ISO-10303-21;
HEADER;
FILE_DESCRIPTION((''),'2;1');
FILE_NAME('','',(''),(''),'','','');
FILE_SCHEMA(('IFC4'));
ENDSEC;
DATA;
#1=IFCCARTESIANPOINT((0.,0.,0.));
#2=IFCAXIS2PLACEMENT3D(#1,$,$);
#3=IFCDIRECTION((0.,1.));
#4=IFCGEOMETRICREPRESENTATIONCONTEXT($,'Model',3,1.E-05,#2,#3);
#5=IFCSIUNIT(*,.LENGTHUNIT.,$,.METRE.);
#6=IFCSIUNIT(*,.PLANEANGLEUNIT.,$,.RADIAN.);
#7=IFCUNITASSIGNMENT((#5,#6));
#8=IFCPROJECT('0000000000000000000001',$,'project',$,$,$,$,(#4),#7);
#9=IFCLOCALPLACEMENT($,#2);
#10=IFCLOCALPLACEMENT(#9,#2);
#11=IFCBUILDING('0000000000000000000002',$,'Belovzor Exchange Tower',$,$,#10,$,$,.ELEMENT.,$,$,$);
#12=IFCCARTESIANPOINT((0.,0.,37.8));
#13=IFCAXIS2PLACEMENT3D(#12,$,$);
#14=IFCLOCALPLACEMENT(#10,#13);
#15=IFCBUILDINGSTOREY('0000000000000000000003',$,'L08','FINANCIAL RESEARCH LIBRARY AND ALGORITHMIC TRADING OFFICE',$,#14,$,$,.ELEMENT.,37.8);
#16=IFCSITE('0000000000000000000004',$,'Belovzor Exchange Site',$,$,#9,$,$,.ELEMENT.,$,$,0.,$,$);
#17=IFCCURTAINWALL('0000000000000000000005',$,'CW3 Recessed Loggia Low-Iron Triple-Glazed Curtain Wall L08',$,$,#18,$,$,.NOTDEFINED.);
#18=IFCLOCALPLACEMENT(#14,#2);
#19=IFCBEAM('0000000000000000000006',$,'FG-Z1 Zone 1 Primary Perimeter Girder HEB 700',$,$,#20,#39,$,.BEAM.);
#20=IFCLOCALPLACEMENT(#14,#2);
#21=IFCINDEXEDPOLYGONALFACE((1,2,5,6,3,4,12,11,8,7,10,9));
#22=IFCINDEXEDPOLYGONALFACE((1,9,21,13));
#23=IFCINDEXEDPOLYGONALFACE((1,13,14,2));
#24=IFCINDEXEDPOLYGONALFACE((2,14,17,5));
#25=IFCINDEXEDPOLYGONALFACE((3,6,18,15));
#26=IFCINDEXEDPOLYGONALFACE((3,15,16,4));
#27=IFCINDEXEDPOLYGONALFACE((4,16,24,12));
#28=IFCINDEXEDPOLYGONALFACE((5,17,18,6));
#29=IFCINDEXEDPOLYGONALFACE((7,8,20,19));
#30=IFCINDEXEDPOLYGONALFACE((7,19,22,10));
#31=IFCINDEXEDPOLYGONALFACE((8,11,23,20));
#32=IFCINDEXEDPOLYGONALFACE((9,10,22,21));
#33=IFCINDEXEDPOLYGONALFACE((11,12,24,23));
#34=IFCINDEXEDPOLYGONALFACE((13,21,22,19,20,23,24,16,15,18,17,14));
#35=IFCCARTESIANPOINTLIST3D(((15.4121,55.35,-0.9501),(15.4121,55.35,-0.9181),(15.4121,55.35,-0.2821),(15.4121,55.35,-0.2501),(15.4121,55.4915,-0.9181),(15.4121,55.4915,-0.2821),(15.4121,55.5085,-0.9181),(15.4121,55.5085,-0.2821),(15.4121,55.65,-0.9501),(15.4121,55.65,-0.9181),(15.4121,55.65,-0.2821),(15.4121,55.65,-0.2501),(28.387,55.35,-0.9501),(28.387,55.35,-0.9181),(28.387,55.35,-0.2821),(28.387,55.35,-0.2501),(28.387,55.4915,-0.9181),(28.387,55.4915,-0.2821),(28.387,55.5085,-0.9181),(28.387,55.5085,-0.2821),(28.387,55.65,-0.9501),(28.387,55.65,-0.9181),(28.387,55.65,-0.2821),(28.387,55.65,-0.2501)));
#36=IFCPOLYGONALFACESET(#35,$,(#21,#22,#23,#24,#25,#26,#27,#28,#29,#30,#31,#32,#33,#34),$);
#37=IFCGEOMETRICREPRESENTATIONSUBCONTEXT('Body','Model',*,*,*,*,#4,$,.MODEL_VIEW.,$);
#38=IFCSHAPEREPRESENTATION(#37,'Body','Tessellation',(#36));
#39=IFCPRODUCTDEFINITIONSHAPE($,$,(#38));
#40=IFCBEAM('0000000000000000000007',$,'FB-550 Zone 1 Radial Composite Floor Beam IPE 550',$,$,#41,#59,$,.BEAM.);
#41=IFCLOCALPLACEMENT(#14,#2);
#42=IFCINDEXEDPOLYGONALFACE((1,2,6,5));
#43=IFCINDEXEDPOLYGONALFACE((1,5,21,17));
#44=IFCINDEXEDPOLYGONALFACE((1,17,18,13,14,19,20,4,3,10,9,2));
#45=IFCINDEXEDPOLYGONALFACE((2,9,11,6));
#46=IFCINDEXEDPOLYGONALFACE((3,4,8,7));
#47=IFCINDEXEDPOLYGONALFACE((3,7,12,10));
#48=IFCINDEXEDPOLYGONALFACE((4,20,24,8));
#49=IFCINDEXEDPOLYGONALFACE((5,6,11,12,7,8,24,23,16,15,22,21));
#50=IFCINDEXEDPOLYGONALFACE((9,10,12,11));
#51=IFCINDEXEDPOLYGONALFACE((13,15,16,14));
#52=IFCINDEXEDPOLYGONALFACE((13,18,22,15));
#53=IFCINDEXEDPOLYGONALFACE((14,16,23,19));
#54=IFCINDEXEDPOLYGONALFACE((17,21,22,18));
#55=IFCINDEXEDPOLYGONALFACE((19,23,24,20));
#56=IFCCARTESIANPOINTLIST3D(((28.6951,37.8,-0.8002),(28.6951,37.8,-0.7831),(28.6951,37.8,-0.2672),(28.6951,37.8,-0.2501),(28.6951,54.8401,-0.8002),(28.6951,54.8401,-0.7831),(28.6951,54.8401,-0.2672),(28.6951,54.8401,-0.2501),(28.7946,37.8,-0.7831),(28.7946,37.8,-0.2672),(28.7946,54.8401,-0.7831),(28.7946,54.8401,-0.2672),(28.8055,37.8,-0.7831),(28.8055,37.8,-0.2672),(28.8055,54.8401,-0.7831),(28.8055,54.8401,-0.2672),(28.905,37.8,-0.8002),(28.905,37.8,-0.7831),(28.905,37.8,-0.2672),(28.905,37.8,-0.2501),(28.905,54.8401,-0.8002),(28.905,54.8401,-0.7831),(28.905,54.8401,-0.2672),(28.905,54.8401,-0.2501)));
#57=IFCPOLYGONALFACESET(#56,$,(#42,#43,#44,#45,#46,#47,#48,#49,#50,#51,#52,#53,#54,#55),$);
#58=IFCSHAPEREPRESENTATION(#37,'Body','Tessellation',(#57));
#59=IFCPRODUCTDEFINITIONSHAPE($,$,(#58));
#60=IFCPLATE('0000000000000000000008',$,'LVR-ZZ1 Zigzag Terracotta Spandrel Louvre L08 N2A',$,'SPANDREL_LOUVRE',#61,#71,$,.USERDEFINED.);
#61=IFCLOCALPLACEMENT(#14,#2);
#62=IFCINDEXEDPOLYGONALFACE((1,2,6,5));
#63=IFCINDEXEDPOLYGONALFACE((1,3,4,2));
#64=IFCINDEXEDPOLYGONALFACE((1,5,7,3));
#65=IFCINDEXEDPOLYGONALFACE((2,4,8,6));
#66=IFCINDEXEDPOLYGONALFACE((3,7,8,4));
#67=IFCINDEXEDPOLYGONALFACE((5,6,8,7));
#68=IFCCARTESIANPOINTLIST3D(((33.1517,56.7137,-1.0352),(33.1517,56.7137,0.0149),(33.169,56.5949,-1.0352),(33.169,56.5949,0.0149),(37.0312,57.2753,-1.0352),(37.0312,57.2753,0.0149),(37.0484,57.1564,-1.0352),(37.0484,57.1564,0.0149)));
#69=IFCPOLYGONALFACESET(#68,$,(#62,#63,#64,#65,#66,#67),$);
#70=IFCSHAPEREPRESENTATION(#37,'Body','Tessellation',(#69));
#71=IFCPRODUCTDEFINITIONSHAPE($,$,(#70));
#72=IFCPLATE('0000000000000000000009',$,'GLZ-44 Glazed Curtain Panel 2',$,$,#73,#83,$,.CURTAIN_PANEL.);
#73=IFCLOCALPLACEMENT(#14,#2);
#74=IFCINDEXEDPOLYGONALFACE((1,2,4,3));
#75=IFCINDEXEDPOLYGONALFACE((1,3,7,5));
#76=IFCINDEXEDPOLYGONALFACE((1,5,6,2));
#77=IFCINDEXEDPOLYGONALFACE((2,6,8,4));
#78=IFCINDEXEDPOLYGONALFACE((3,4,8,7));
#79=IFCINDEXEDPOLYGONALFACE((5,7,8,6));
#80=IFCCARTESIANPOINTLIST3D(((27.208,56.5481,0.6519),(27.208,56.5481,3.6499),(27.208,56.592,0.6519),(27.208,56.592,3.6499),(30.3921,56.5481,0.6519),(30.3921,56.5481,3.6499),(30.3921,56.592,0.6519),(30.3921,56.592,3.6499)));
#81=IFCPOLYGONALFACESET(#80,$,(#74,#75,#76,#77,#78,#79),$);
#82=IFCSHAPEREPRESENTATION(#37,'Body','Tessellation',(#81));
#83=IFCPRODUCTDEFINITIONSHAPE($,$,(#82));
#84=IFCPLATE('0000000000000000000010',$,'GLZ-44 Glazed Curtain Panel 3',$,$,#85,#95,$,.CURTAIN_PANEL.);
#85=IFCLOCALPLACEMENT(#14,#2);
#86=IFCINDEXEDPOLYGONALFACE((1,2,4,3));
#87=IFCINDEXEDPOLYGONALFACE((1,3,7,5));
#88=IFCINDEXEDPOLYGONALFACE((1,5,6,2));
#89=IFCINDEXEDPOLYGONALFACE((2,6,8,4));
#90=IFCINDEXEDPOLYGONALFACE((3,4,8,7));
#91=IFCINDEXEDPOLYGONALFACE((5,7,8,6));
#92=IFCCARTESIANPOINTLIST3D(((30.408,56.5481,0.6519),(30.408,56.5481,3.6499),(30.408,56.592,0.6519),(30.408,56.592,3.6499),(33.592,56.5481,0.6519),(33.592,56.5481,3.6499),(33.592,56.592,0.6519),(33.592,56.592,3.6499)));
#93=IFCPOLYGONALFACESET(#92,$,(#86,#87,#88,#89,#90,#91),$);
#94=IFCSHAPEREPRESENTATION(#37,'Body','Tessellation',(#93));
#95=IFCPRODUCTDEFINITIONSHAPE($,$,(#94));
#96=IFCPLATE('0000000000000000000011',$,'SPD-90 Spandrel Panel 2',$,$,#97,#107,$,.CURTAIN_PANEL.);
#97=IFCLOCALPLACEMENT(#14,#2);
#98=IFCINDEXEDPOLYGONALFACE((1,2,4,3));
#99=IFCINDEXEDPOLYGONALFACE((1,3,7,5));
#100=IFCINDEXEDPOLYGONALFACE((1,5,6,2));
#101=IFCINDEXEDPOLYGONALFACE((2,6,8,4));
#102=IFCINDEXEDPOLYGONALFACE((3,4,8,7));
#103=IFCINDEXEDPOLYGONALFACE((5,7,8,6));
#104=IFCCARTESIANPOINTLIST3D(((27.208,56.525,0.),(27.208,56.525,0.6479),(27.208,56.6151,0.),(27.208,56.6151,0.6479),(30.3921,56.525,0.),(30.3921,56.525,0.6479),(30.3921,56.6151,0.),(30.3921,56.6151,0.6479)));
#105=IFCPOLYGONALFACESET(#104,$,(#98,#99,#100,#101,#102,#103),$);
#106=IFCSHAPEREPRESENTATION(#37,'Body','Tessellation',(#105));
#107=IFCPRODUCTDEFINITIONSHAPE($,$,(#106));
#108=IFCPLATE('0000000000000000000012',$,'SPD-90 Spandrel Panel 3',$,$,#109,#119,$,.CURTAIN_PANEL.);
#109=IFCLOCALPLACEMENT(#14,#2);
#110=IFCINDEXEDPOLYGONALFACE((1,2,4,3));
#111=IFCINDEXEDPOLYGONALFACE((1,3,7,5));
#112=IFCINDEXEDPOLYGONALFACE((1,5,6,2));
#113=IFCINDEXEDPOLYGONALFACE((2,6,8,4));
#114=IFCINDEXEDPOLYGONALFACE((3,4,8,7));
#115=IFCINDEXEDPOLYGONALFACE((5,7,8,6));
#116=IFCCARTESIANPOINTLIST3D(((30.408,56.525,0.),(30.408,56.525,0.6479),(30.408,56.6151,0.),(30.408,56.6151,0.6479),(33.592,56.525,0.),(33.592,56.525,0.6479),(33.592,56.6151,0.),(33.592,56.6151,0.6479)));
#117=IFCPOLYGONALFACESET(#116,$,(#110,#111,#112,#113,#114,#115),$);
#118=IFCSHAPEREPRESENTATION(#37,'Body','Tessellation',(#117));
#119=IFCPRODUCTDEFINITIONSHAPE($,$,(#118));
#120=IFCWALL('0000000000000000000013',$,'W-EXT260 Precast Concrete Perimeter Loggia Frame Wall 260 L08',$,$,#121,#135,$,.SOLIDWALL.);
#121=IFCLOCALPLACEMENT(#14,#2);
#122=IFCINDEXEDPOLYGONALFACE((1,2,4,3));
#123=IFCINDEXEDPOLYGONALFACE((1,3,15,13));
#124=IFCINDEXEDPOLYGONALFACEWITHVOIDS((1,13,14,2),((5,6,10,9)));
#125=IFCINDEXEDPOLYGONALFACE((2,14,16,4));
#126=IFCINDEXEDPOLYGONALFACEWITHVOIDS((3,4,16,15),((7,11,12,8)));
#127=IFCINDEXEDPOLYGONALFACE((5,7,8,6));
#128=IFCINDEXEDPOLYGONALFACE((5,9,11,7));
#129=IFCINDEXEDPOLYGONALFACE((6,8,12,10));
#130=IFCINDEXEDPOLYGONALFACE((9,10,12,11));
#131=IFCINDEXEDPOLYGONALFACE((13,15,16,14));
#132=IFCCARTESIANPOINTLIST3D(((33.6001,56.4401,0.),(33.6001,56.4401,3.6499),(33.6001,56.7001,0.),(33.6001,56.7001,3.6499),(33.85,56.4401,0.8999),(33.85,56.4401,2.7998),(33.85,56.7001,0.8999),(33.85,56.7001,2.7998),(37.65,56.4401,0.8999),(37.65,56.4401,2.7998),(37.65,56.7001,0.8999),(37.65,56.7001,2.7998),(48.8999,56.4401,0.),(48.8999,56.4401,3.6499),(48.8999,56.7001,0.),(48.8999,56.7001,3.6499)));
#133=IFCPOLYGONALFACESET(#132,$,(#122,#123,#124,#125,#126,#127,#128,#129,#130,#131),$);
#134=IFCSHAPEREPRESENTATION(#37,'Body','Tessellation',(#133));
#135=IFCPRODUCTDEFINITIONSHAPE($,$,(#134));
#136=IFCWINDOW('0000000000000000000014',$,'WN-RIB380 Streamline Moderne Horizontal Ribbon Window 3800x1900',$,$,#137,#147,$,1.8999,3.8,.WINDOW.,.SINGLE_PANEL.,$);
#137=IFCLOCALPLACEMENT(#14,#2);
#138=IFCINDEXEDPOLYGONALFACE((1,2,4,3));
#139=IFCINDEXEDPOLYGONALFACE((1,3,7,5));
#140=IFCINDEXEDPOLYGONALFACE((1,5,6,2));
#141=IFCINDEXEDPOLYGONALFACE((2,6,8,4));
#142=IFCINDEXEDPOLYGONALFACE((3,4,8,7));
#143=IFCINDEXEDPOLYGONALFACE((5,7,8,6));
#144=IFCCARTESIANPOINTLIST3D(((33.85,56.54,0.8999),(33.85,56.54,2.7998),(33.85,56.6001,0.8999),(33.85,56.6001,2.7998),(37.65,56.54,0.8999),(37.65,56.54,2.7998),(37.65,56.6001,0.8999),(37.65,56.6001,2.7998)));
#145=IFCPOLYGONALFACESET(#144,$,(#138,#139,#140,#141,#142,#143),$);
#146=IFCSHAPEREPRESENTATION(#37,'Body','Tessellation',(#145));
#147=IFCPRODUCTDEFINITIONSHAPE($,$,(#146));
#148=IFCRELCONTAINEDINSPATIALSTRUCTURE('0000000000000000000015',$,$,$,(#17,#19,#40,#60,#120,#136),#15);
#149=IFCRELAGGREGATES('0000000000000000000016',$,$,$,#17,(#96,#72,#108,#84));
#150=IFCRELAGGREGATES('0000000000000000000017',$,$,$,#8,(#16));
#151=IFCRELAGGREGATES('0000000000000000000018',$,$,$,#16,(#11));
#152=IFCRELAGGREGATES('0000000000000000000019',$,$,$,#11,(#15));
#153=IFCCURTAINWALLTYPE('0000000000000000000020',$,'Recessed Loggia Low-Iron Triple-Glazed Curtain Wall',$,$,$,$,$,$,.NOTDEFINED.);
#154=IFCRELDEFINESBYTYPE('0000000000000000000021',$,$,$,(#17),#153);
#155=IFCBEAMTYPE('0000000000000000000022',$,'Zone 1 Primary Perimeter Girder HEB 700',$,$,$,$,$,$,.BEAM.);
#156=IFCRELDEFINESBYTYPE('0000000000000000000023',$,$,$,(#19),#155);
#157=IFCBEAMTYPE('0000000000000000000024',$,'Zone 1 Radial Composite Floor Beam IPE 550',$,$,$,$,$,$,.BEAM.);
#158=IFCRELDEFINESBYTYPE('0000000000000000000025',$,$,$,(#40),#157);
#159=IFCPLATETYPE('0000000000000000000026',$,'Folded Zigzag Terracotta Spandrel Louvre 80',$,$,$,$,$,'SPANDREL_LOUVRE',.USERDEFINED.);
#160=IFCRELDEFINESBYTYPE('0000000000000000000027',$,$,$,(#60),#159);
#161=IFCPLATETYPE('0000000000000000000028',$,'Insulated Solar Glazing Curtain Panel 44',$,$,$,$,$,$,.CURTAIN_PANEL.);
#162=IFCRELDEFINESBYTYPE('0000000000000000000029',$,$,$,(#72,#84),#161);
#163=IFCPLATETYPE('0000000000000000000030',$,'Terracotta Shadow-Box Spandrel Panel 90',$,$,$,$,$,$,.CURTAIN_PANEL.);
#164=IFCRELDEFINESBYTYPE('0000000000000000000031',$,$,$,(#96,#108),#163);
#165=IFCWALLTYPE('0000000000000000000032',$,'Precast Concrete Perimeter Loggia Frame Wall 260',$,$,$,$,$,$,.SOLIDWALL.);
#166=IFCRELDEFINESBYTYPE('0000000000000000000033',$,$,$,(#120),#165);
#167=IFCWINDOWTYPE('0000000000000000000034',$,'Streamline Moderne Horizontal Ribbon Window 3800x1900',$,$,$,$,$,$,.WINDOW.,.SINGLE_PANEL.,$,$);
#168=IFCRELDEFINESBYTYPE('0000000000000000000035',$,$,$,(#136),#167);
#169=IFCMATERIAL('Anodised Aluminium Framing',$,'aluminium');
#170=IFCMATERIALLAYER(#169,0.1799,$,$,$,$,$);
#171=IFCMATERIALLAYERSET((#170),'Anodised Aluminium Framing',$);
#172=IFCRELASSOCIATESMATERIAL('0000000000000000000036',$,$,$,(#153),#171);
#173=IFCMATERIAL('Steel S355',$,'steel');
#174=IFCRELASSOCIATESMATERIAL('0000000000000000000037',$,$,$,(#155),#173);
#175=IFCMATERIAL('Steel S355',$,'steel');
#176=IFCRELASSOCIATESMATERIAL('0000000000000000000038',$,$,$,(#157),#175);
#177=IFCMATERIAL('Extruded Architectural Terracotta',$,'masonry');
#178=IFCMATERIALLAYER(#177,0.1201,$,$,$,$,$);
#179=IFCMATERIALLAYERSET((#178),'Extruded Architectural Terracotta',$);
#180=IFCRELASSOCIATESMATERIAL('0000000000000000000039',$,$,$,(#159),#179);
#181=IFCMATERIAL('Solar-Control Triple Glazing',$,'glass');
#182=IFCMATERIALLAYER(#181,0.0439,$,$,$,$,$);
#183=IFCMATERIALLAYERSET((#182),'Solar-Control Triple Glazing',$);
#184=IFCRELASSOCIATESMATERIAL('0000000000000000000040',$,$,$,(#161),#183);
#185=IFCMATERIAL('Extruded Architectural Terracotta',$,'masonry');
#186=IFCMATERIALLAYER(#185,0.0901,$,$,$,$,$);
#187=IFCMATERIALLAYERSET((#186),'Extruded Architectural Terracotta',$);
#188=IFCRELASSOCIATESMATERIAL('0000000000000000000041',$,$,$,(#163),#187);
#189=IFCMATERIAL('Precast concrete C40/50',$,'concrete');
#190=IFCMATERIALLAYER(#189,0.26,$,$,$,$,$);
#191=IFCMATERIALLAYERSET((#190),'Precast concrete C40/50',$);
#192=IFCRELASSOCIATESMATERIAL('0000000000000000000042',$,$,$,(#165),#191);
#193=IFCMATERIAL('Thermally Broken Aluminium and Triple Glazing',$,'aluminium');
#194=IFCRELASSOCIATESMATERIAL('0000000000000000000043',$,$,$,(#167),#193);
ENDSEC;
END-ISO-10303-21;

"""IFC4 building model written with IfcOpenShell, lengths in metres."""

from ifc_helpers import new_model, si_unit, direction, frame, frame_2d, origin, origin_2d, place, context, subcontext, project, spatial, rectangle, i_section, extrude, material, layer, layer_set, material_profile, profile_set, type_object, element, fill, aggregate, save


model = new_model("IFC4")

# Units and contexts
model_context = context("Model", 3, precision=1e-05, world=origin(), true_north=direction((0.0, 1.0)))
body_context = subcontext(model_context, "Body", "Model", "MODEL_VIEW")
ifc_project = project(units=[si_unit("LENGTHUNIT", "METRE"), si_unit("PLANEANGLEUNIT", "RADIAN")], contexts=[model_context])

# Site, building, storey
site_placement = place(None, origin())
site = spatial("IfcSite", under=ifc_project, at=site_placement, Name="Belovzor Exchange Site", CompositionType="ELEMENT", RefElevation=0.0)
building_placement = place(site_placement, origin())
building = spatial("IfcBuilding", under=site, at=building_placement, Name="Belovzor Exchange Tower", CompositionType="ELEMENT")
storey_placement = place(building_placement, frame((0.0, 0.0, 37.8)))
storey = spatial("IfcBuildingStorey", under=building, at=storey_placement, Name="L08", Description="FINANCIAL RESEARCH LIBRARY AND ALGORITHMIC TRADING OFFICE", CompositionType="ELEMENT", Elevation=37.8)

# Curtain wall
ifc_material_1 = material(Name="Anodised Aluminium Framing", Category="aluminium")
ifc_layer_1 = layer(ifc_material_1, 0.1799)
ifc_layer_set_1 = layer_set([ifc_layer_1], Name="Anodised Aluminium Framing")
curtain_wall_type = type_object("IfcCurtainWallType", Name="Recessed Loggia Low-Iron Triple-Glazed Curtain Wall", PredefinedType="NOTDEFINED", material=ifc_layer_set_1)
curtain_wall_placement = place(storey_placement, origin())
curtain_wall = element("IfcCurtainWall", 1, at=curtain_wall_placement, inside=storey, type_object=curtain_wall_type, Name="CW3 Recessed Loggia Low-Iron Triple-Glazed Curtain Wall L08", PredefinedType="NOTDEFINED")

# Beams
ifc_material_2 = material(Name="Steel S355", Category="steel")
ifc_material_profile_1 = material_profile(ifc_material_2, i_section(OverallWidth=0.3, OverallDepth=0.7, WebThickness=0.0171, FlangeThickness=0.032, at=origin_2d()))
ifc_profile_set_1 = profile_set([ifc_material_profile_1], Name="Steel S355")
beam_type_1 = type_object("IfcBeamType", Name="Zone 1 Primary Perimeter Girder HEB 700", PredefinedType="BEAM", material=ifc_profile_set_1)
beam_1_placement = place(storey_placement, frame((28.387, 55.5, -0.6001), z_axis=(-1.0, 0.0, 0.0), x_axis=(0.0, -1.0, 0.0)))
element("IfcBeam", 2, at=beam_1_placement, inside=storey, type_object=beam_type_1, Name="FG-Z1 Zone 1 Primary Perimeter Girder HEB 700", PredefinedType="BEAM", context=body_context, shape_type="SweptSolid", body=[
    extrude(i_section(OverallWidth=0.3, OverallDepth=0.7, WebThickness=0.0171, FlangeThickness=0.032, at=origin_2d()), origin(), (0.0, 0.0, 1.0), 12.9749),
])
ifc_material_3 = material(Name="Steel S355", Category="steel")
ifc_material_profile_2 = material_profile(ifc_material_3, i_section(OverallWidth=0.21, OverallDepth=0.55, WebThickness=0.011, FlangeThickness=0.0171, at=origin_2d()))
ifc_profile_set_2 = profile_set([ifc_material_profile_2], Name="Steel S355")
beam_type_2 = type_object("IfcBeamType", Name="Zone 1 Radial Composite Floor Beam IPE 550", PredefinedType="BEAM", material=ifc_profile_set_2)
beam_2_placement = place(storey_placement, frame((28.8, 37.8, -0.5251), z_axis=(0.0, 1.0, 0.0), x_axis=(-1.0, 0.0, 0.0)))
element("IfcBeam", 3, at=beam_2_placement, inside=storey, type_object=beam_type_2, Name="FB-550 Zone 1 Radial Composite Floor Beam IPE 550", PredefinedType="BEAM", context=body_context, shape_type="SweptSolid", body=[
    extrude(i_section(OverallWidth=0.21, OverallDepth=0.55, WebThickness=0.011, FlangeThickness=0.0171, at=origin_2d()), origin(), (0.0, 0.0, 1.0), 17.04),
])

# Plates
ifc_material_4 = material(Name="Extruded Architectural Terracotta", Category="masonry")
ifc_layer_2 = layer(ifc_material_4, 0.1201)
ifc_layer_set_2 = layer_set([ifc_layer_2], Name="Extruded Architectural Terracotta")
plate_type_1 = type_object("IfcPlateType", Name="Folded Zigzag Terracotta Spandrel Louvre 80", ElementType="SPANDREL_LOUVRE", PredefinedType="USERDEFINED", material=ifc_layer_set_2)
plate_1_placement = place(storey_placement, frame((35.1001, 56.9351, -1.0352), z_axis=(0.0, 0.0, 1.0), x_axis=(0.989686, 0.143251, 0.0)))
element("IfcPlate", 4, at=plate_1_placement, inside=storey, type_object=plate_type_1, Name="LVR-ZZ1 Zigzag Terracotta Spandrel Louvre L08 N2A", ObjectType="SPANDREL_LOUVRE", PredefinedType="USERDEFINED", context=body_context, shape_type="SweptSolid", body=[
    extrude(rectangle(XDim=3.9199, YDim=0.1201, at=origin_2d()), origin(), (0.0, 0.0, 1.0), 1.05),
])
ifc_material_5 = material(Name="Solar-Control Triple Glazing", Category="glass")
ifc_layer_3 = layer(ifc_material_5, 0.0439)
ifc_layer_set_3 = layer_set([ifc_layer_3], Name="Solar-Control Triple Glazing")
plate_type_2 = type_object("IfcPlateType", Name="Insulated Solar Glazing Curtain Panel 44", PredefinedType="CURTAIN_PANEL", material=ifc_layer_set_3)
plate_2_placement = place(storey_placement, frame((28.8, 56.5701, 0.6519), z_axis=(0.0, 0.0, 1.0), x_axis=(1.0, 0.0, 0.0)))
plate_2 = element("IfcPlate", 5, at=plate_2_placement, type_object=plate_type_2, Name="GLZ-44 Glazed Curtain Panel 2", PredefinedType="CURTAIN_PANEL", context=body_context, shape_type="SweptSolid", body=[
    extrude(rectangle(XDim=3.1841, YDim=0.0439, at=origin_2d()), origin(), (0.0, 0.0, 1.0), 2.998),
])
plate_3_placement = place(storey_placement, frame((32.0, 56.5701, 0.6519), z_axis=(0.0, 0.0, 1.0), x_axis=(1.0, 0.0, 0.0)))
plate_3 = element("IfcPlate", 6, at=plate_3_placement, type_object=plate_type_2, Name="GLZ-44 Glazed Curtain Panel 3", PredefinedType="CURTAIN_PANEL", context=body_context, shape_type="SweptSolid", body=[
    extrude(rectangle(XDim=3.1841, YDim=0.0439, at=origin_2d()), origin(), (0.0, 0.0, 1.0), 2.998),
])
ifc_material_6 = material(Name="Extruded Architectural Terracotta", Category="masonry")
ifc_layer_4 = layer(ifc_material_6, 0.0901)
ifc_layer_set_4 = layer_set([ifc_layer_4], Name="Extruded Architectural Terracotta")
plate_type_3 = type_object("IfcPlateType", Name="Terracotta Shadow-Box Spandrel Panel 90", PredefinedType="CURTAIN_PANEL", material=ifc_layer_set_4)
plate_4_placement = place(storey_placement, frame((28.8, 56.5701, 0.0), z_axis=(0.0, 0.0, 1.0), x_axis=(1.0, 0.0, 0.0)))
plate_4 = element("IfcPlate", 7, at=plate_4_placement, type_object=plate_type_3, Name="SPD-90 Spandrel Panel 2", PredefinedType="CURTAIN_PANEL", context=body_context, shape_type="SweptSolid", body=[
    extrude(rectangle(XDim=3.1841, YDim=0.0901, at=origin_2d()), origin(), (0.0, 0.0, 1.0), 0.6479),
])
plate_5_placement = place(storey_placement, frame((32.0, 56.5701, 0.0), z_axis=(0.0, 0.0, 1.0), x_axis=(1.0, 0.0, 0.0)))
plate_5 = element("IfcPlate", 8, at=plate_5_placement, type_object=plate_type_3, Name="SPD-90 Spandrel Panel 3", PredefinedType="CURTAIN_PANEL", context=body_context, shape_type="SweptSolid", body=[
    extrude(rectangle(XDim=3.1841, YDim=0.0901, at=origin_2d()), origin(), (0.0, 0.0, 1.0), 0.6479),
])
aggregate(curtain_wall, [plate_4, plate_2, plate_5, plate_3])

# Wall, opening, window
ifc_material_7 = material(Name="Precast concrete C40/50", Category="concrete")
ifc_layer_5 = layer(ifc_material_7, 0.26)
ifc_layer_set_5 = layer_set([ifc_layer_5], Name="Precast concrete C40/50")
wall_type = type_object("IfcWallType", Name="Precast Concrete Perimeter Loggia Frame Wall 260", PredefinedType="SOLIDWALL", material=ifc_layer_set_5)
wall_placement = place(storey_placement, frame((33.6001, 56.5701, 0.0), z_axis=(0.0, 0.0, 1.0), x_axis=(1.0, 0.0, 0.0)))
wall = element("IfcWall", 9, at=wall_placement, inside=storey, type_object=wall_type, Name="W-EXT260 Precast Concrete Perimeter Loggia Frame Wall 260 L08", PredefinedType="SOLIDWALL", context=body_context, shape_type="SweptSolid", body=[
    extrude(rectangle(XDim=15.2998, YDim=0.26, at=frame_2d((7.6499, 0.0))), origin(), (0.0, 0.0, 1.0), 3.6499),
])
opening_placement = place(wall_placement, frame((0.25, 0.0, 0.8999)))
opening = element("IfcOpeningElement", 10, at=opening_placement, cuts=wall, PredefinedType="OPENING", context=body_context, shape_type="SweptSolid", body=[
    extrude(rectangle(XDim=3.8, YDim=1.8999, at=frame_2d((1.8999, 0.95))), frame((0.0, 0.1399, 0.0), z_axis=(0.0, -1.0, 0.0), x_axis=(1.0, 0.0, 0.0)), (0.0, 0.0, 1.0), 0.28),
])
ifc_material_8 = material(Name="Thermally Broken Aluminium and Triple Glazing", Category="aluminium")
window_type = type_object("IfcWindowType", Name="Streamline Moderne Horizontal Ribbon Window 3800x1900", PartitioningType="SINGLE_PANEL", PredefinedType="WINDOW", material=ifc_material_8)
window_placement = place(opening_placement, origin())
window = element("IfcWindow", 11, at=window_placement, inside=storey, type_object=window_type, Name="WN-RIB380 Streamline Moderne Horizontal Ribbon Window 3800x1900", OverallHeight=1.8999, OverallWidth=3.8, PartitioningType="SINGLE_PANEL", PredefinedType="WINDOW", context=body_context, shape_type="SweptSolid", body=[
    extrude(rectangle(XDim=3.8, YDim=1.8999, at=frame_2d((1.8999, 0.95))), frame((0.0, 0.03, 0.0), z_axis=(0.0, -1.0, 0.0), x_axis=(1.0, 0.0, 0.0)), (0.0, 0.0, 1.0), 0.0601),
])
fill(opening, window)

save(model, "model.ifc")
